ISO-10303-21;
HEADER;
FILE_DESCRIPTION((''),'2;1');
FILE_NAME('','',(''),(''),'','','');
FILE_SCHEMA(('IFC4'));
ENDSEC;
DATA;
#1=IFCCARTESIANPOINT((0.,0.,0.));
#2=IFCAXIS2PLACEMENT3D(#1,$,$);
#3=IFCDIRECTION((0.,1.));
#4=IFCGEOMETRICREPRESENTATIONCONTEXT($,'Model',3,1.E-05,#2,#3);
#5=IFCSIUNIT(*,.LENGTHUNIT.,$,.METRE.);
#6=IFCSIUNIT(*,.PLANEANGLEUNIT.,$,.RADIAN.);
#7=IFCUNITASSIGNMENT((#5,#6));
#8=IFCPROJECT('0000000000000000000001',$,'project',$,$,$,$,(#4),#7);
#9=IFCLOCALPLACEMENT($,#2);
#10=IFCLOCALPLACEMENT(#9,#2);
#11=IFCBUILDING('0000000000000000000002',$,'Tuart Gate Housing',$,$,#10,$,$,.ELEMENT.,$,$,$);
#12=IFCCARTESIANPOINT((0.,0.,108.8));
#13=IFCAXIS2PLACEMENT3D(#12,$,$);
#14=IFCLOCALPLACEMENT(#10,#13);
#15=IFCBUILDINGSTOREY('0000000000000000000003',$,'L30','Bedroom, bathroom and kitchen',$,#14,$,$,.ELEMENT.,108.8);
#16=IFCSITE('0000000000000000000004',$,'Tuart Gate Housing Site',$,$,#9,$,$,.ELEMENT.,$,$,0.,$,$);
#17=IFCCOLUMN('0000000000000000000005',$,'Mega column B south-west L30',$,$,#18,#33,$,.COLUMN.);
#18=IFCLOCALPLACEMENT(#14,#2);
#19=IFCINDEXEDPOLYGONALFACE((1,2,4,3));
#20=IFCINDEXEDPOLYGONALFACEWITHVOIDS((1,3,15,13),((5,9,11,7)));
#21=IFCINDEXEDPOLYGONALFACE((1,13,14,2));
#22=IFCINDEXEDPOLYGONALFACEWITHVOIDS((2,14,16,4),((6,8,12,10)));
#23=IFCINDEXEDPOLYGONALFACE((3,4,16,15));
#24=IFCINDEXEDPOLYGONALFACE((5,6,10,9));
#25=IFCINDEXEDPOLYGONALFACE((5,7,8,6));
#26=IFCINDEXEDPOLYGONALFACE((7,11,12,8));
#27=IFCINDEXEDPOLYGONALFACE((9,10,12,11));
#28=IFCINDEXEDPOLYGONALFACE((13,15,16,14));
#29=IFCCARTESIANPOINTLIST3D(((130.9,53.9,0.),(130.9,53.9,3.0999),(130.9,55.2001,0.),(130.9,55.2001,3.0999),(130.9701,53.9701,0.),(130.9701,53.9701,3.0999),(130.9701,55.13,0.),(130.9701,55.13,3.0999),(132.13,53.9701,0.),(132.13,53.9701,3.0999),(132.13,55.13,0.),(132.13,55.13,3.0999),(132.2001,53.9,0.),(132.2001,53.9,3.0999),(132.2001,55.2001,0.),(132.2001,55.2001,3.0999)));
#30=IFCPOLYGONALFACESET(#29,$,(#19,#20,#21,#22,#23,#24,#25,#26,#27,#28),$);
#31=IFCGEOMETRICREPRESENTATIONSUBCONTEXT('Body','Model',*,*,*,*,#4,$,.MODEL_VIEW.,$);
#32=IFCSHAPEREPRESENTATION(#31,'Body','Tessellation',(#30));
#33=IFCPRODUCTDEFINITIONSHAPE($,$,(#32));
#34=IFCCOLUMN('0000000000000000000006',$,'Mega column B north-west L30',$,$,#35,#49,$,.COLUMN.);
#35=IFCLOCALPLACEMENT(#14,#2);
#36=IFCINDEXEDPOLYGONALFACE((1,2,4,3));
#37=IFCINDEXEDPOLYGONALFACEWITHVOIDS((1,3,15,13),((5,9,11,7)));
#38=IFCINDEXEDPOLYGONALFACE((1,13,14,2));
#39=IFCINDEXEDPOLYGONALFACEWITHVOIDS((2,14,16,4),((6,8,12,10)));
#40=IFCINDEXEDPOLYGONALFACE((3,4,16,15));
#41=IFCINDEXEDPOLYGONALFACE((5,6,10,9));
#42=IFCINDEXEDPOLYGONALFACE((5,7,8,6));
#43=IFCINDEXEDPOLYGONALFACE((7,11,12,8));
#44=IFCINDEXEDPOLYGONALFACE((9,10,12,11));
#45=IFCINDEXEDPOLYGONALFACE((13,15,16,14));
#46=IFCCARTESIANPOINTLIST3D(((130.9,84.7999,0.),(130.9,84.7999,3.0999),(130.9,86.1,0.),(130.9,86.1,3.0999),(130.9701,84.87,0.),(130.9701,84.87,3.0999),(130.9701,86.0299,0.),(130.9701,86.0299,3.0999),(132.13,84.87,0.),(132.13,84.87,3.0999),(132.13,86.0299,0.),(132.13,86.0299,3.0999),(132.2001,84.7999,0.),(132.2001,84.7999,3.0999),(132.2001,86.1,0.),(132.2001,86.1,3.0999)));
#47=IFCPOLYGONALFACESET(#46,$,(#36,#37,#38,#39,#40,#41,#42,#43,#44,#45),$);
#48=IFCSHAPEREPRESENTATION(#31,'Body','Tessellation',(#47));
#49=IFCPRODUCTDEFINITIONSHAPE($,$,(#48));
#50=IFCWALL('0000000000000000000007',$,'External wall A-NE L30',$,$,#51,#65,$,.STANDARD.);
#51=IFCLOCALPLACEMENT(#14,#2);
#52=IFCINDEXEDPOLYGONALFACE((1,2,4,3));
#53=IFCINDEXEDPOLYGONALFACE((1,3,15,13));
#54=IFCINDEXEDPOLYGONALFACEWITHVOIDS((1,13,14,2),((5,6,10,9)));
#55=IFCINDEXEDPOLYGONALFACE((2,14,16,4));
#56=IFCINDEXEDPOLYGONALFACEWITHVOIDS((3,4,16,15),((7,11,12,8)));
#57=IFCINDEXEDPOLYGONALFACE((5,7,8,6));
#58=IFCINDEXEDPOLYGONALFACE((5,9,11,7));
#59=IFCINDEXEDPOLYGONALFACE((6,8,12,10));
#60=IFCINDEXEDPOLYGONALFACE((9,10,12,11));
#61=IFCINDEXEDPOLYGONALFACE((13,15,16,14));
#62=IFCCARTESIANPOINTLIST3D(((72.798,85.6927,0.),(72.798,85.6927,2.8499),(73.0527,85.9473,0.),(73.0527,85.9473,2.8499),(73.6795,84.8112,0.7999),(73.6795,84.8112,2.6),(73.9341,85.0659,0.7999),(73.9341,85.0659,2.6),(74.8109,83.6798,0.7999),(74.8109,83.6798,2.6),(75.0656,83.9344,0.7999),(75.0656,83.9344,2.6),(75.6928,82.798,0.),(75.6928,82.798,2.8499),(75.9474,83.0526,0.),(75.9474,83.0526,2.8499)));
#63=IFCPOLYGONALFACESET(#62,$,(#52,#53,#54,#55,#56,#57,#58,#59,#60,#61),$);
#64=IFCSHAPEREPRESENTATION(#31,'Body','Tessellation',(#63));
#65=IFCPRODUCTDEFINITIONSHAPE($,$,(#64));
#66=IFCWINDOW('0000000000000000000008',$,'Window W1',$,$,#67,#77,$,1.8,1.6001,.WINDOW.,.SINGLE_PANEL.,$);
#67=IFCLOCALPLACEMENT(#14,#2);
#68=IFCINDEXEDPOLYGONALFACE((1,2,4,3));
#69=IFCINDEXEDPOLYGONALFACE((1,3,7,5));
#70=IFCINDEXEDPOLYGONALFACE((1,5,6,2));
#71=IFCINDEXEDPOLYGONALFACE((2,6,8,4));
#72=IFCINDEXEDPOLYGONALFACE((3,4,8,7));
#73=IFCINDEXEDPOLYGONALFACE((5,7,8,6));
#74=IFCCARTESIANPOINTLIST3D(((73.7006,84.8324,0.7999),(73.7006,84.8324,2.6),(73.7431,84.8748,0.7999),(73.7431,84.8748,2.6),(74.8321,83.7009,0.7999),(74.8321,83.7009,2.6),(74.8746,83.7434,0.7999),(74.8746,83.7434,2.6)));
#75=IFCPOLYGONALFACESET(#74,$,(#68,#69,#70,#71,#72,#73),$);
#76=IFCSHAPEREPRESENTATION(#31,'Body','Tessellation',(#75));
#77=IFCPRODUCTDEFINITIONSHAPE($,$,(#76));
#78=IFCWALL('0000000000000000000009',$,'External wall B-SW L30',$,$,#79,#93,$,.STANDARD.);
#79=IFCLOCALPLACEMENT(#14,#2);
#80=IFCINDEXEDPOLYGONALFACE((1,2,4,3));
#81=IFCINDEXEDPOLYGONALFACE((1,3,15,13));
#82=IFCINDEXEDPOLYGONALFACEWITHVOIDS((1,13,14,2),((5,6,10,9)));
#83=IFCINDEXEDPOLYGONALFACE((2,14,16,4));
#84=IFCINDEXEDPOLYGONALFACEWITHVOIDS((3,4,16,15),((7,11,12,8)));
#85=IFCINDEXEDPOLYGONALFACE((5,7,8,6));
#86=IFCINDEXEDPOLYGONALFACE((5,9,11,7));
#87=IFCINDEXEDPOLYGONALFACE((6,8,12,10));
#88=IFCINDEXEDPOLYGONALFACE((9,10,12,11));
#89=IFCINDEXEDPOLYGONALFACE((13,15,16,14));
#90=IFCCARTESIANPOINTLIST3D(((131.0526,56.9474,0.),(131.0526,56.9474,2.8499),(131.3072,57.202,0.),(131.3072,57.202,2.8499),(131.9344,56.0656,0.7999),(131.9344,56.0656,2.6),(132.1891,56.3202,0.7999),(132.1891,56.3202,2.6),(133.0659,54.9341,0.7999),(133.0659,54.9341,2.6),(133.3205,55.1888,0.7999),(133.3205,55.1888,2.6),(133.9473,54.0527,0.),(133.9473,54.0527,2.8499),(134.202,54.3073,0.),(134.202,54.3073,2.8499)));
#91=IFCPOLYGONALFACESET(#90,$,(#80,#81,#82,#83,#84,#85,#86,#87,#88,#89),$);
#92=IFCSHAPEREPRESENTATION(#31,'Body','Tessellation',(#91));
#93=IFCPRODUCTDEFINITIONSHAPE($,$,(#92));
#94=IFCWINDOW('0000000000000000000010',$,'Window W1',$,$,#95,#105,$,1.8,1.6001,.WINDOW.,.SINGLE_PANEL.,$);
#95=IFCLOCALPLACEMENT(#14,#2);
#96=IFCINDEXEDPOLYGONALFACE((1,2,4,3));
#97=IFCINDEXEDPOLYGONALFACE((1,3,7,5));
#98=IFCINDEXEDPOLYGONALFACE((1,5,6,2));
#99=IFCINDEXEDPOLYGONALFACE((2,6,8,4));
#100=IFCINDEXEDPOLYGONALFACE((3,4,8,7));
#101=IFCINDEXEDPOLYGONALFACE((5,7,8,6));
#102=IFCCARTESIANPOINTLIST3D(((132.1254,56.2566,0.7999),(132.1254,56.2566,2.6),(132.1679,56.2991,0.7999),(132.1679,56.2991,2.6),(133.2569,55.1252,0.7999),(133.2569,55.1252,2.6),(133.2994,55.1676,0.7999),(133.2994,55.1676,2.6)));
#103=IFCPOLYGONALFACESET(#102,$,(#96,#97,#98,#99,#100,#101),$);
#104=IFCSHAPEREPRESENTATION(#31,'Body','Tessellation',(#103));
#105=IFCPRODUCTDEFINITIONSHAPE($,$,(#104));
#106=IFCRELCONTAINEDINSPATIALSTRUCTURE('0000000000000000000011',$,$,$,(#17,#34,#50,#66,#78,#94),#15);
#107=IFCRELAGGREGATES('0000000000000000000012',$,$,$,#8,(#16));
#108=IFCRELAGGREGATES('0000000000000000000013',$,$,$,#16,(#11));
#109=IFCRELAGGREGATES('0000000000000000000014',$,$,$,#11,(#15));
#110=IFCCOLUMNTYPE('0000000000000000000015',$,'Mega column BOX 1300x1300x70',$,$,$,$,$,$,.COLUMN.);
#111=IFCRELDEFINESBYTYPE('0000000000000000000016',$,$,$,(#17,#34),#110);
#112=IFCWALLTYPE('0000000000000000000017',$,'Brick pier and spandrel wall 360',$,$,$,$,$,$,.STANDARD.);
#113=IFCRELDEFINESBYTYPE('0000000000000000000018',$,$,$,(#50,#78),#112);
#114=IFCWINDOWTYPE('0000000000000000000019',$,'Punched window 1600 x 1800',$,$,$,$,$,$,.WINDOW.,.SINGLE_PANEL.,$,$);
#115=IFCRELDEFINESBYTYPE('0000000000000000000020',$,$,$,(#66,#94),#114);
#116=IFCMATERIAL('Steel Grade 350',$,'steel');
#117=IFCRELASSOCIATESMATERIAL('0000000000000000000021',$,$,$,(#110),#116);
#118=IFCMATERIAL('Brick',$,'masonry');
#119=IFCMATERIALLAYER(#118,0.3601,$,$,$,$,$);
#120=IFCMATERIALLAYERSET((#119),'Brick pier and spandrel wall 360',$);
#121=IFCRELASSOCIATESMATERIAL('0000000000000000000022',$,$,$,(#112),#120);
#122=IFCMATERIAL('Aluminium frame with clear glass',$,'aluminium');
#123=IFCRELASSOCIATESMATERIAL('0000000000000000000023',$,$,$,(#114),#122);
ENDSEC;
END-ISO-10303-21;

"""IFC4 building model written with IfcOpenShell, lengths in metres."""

from ifc_helpers import new_model, si_unit, direction, frame, frame_2d, origin, origin_2d, place, context, subcontext, project, spatial, rectangle, hollow_rectangle, extrude, material, layer, layer_set, material_profile, profile_set, type_object, element, fill, save


model = new_model("IFC4")

# Units and contexts
model_context = context("Model", 3, precision=1e-05, world=origin(), true_north=direction((0.0, 1.0)))
body_context = subcontext(model_context, "Body", "Model", "MODEL_VIEW")
ifc_project = project(units=[si_unit("LENGTHUNIT", "METRE"), si_unit("PLANEANGLEUNIT", "RADIAN")], contexts=[model_context])

# Site, building, storey
site_placement = place(None, origin())
site = spatial("IfcSite", under=ifc_project, at=site_placement, Name="Tuart Gate Housing Site", CompositionType="ELEMENT", RefElevation=0.0)
building_placement = place(site_placement, origin())
building = spatial("IfcBuilding", under=site, at=building_placement, Name="Tuart Gate Housing", CompositionType="ELEMENT")
storey_placement = place(building_placement, frame((0.0, 0.0, 108.8)))
storey = spatial("IfcBuildingStorey", under=building, at=storey_placement, Name="L30", Description="Bedroom, bathroom and kitchen", CompositionType="ELEMENT", Elevation=108.8)

# Columns
ifc_material_1 = material(Name="Steel Grade 350", Category="steel")
ifc_material_profile = material_profile(ifc_material_1, hollow_rectangle(XDim=1.3, YDim=1.3, WallThickness=0.0701, at=origin_2d()), Name="BOX 1300x1300x70")
ifc_profile_set = profile_set([ifc_material_profile], Name="Steel Grade 350")
column_type = type_object("IfcColumnType", Name="Mega column BOX 1300x1300x70", PredefinedType="COLUMN", material=ifc_profile_set)
for number, where, z_axis, x_axis, name in (
    (1, (131.55, 54.55, 0.0), (0.0, 0.0, 1.0), (1.0, 0.0, 0.0), "Mega column B south-west L30"),
    (2, (131.55, 85.45, 0.0), (0.0, 0.0, 1.0), (1.0, 0.0, 0.0), "Mega column B north-west L30"),
):
    element("IfcColumn", number, at=place(storey_placement, frame(where, z_axis=z_axis, x_axis=x_axis)), inside=storey, type_object=column_type, Name=name, PredefinedType="COLUMN", context=body_context, shape_type="SweptSolid", body=[
        extrude(hollow_rectangle(XDim=1.3, YDim=1.3, WallThickness=0.0701, at=origin_2d()), origin(), (0.0, 0.0, 1.0), 3.0999),
    ])

# Walls, openings, windows
ifc_material_2 = material(Name="Brick", Category="masonry")
ifc_layer_1 = layer(ifc_material_2, 0.3601)
ifc_layer_set_1 = layer_set([ifc_layer_1], Name="Brick pier and spandrel wall 360")
wall_type_1 = type_object("IfcWallType", Name="Brick pier and spandrel wall 360", PredefinedType="STANDARD", material=ifc_layer_set_1)
wall_1_placement = place(storey_placement, frame((75.8201, 82.9253, 0.0), z_axis=(0.0, 0.0, 1.0), x_axis=(-0.707107, 0.707107, 0.0)))
wall_1 = element("IfcWall", 3, at=wall_1_placement, inside=storey, type_object=wall_type_1, Name="External wall A-NE L30", PredefinedType="STANDARD", context=body_context, shape_type="SweptSolid", body=[
    extrude(rectangle(XDim=4.0938, YDim=0.3601, at=frame_2d((2.0469, 0.0))), origin(), (0.0, 0.0, 1.0), 2.8499),
])
opening_1_placement = place(wall_1_placement, frame((1.2471, 0.0, 0.8)))
opening_1 = element("IfcOpeningElement", 4, at=opening_1_placement, cuts=wall_1, PredefinedType="OPENING", context=body_context, shape_type="SweptSolid", body=[
    extrude(rectangle(XDim=1.6001, YDim=1.8, at=frame_2d((0.8, 0.8999))), frame((0.0, 0.1899, 0.0), z_axis=(0.0, -1.0, 0.0), x_axis=(1.0, 0.0, 0.0)), (0.0, 0.0, 1.0), 0.3801),
])
ifc_material_3 = material(Name="Aluminium frame with clear glass", Category="aluminium")
window_type_1 = type_object("IfcWindowType", Name="Punched window 1600 x 1800", PartitioningType="SINGLE_PANEL", PredefinedType="WINDOW", material=ifc_material_3)
window_1_placement = place(opening_1_placement, origin())
window_1 = element("IfcWindow", 5, at=window_1_placement, inside=storey, type_object=window_type_1, Name="Window W1", OverallHeight=1.8, OverallWidth=1.6001, PartitioningType="SINGLE_PANEL", PredefinedType="WINDOW", context=body_context, shape_type="SweptSolid", body=[
    extrude(rectangle(XDim=1.6001, YDim=1.8, at=frame_2d((0.8, 0.8999))), frame((0.0, 0.1501, 0.0), z_axis=(0.0, -1.0, 0.0), x_axis=(1.0, 0.0, 0.0)), (0.0, 0.0, 1.0), 0.0601),
])
fill(opening_1, window_1)
wall_2_placement = place(storey_placement, frame((131.1799, 57.0747, 0.0), z_axis=(0.0, 0.0, 1.0), x_axis=(0.707107, -0.707107, 0.0)))
wall_2 = element("IfcWall", 6, at=wall_2_placement, inside=storey, type_object=wall_type_1, Name="External wall B-SW L30", PredefinedType="STANDARD", context=body_context, shape_type="SweptSolid", body=[
    extrude(rectangle(XDim=4.0938, YDim=0.3601, at=frame_2d((2.0469, 0.0))), origin(), (0.0, 0.0, 1.0), 2.8499),
])
opening_2_placement = place(wall_2_placement, frame((1.2471, 0.0, 0.8)))
opening_2 = element("IfcOpeningElement", 7, at=opening_2_placement, cuts=wall_2, PredefinedType="OPENING", context=body_context, shape_type="SweptSolid", body=[
    extrude(rectangle(XDim=1.6001, YDim=1.8, at=frame_2d((0.8, 0.8999))), frame((0.0, 0.1899, 0.0), z_axis=(0.0, -1.0, 0.0), x_axis=(1.0, 0.0, 0.0)), (0.0, 0.0, 1.0), 0.3801),
])
window_2_placement = place(opening_2_placement, origin())
window_2 = element("IfcWindow", 8, at=window_2_placement, inside=storey, type_object=window_type_1, Name="Window W1", OverallHeight=1.8, OverallWidth=1.6001, PartitioningType="SINGLE_PANEL", PredefinedType="WINDOW", context=body_context, shape_type="SweptSolid", body=[
    extrude(rectangle(XDim=1.6001, YDim=1.8, at=frame_2d((0.8, 0.8999))), frame((0.0, 0.1501, 0.0), z_axis=(0.0, -1.0, 0.0), x_axis=(1.0, 0.0, 0.0)), (0.0, 0.0, 1.0), 0.0601),
])
fill(opening_2, window_2)

save(model, "model.ifc")
